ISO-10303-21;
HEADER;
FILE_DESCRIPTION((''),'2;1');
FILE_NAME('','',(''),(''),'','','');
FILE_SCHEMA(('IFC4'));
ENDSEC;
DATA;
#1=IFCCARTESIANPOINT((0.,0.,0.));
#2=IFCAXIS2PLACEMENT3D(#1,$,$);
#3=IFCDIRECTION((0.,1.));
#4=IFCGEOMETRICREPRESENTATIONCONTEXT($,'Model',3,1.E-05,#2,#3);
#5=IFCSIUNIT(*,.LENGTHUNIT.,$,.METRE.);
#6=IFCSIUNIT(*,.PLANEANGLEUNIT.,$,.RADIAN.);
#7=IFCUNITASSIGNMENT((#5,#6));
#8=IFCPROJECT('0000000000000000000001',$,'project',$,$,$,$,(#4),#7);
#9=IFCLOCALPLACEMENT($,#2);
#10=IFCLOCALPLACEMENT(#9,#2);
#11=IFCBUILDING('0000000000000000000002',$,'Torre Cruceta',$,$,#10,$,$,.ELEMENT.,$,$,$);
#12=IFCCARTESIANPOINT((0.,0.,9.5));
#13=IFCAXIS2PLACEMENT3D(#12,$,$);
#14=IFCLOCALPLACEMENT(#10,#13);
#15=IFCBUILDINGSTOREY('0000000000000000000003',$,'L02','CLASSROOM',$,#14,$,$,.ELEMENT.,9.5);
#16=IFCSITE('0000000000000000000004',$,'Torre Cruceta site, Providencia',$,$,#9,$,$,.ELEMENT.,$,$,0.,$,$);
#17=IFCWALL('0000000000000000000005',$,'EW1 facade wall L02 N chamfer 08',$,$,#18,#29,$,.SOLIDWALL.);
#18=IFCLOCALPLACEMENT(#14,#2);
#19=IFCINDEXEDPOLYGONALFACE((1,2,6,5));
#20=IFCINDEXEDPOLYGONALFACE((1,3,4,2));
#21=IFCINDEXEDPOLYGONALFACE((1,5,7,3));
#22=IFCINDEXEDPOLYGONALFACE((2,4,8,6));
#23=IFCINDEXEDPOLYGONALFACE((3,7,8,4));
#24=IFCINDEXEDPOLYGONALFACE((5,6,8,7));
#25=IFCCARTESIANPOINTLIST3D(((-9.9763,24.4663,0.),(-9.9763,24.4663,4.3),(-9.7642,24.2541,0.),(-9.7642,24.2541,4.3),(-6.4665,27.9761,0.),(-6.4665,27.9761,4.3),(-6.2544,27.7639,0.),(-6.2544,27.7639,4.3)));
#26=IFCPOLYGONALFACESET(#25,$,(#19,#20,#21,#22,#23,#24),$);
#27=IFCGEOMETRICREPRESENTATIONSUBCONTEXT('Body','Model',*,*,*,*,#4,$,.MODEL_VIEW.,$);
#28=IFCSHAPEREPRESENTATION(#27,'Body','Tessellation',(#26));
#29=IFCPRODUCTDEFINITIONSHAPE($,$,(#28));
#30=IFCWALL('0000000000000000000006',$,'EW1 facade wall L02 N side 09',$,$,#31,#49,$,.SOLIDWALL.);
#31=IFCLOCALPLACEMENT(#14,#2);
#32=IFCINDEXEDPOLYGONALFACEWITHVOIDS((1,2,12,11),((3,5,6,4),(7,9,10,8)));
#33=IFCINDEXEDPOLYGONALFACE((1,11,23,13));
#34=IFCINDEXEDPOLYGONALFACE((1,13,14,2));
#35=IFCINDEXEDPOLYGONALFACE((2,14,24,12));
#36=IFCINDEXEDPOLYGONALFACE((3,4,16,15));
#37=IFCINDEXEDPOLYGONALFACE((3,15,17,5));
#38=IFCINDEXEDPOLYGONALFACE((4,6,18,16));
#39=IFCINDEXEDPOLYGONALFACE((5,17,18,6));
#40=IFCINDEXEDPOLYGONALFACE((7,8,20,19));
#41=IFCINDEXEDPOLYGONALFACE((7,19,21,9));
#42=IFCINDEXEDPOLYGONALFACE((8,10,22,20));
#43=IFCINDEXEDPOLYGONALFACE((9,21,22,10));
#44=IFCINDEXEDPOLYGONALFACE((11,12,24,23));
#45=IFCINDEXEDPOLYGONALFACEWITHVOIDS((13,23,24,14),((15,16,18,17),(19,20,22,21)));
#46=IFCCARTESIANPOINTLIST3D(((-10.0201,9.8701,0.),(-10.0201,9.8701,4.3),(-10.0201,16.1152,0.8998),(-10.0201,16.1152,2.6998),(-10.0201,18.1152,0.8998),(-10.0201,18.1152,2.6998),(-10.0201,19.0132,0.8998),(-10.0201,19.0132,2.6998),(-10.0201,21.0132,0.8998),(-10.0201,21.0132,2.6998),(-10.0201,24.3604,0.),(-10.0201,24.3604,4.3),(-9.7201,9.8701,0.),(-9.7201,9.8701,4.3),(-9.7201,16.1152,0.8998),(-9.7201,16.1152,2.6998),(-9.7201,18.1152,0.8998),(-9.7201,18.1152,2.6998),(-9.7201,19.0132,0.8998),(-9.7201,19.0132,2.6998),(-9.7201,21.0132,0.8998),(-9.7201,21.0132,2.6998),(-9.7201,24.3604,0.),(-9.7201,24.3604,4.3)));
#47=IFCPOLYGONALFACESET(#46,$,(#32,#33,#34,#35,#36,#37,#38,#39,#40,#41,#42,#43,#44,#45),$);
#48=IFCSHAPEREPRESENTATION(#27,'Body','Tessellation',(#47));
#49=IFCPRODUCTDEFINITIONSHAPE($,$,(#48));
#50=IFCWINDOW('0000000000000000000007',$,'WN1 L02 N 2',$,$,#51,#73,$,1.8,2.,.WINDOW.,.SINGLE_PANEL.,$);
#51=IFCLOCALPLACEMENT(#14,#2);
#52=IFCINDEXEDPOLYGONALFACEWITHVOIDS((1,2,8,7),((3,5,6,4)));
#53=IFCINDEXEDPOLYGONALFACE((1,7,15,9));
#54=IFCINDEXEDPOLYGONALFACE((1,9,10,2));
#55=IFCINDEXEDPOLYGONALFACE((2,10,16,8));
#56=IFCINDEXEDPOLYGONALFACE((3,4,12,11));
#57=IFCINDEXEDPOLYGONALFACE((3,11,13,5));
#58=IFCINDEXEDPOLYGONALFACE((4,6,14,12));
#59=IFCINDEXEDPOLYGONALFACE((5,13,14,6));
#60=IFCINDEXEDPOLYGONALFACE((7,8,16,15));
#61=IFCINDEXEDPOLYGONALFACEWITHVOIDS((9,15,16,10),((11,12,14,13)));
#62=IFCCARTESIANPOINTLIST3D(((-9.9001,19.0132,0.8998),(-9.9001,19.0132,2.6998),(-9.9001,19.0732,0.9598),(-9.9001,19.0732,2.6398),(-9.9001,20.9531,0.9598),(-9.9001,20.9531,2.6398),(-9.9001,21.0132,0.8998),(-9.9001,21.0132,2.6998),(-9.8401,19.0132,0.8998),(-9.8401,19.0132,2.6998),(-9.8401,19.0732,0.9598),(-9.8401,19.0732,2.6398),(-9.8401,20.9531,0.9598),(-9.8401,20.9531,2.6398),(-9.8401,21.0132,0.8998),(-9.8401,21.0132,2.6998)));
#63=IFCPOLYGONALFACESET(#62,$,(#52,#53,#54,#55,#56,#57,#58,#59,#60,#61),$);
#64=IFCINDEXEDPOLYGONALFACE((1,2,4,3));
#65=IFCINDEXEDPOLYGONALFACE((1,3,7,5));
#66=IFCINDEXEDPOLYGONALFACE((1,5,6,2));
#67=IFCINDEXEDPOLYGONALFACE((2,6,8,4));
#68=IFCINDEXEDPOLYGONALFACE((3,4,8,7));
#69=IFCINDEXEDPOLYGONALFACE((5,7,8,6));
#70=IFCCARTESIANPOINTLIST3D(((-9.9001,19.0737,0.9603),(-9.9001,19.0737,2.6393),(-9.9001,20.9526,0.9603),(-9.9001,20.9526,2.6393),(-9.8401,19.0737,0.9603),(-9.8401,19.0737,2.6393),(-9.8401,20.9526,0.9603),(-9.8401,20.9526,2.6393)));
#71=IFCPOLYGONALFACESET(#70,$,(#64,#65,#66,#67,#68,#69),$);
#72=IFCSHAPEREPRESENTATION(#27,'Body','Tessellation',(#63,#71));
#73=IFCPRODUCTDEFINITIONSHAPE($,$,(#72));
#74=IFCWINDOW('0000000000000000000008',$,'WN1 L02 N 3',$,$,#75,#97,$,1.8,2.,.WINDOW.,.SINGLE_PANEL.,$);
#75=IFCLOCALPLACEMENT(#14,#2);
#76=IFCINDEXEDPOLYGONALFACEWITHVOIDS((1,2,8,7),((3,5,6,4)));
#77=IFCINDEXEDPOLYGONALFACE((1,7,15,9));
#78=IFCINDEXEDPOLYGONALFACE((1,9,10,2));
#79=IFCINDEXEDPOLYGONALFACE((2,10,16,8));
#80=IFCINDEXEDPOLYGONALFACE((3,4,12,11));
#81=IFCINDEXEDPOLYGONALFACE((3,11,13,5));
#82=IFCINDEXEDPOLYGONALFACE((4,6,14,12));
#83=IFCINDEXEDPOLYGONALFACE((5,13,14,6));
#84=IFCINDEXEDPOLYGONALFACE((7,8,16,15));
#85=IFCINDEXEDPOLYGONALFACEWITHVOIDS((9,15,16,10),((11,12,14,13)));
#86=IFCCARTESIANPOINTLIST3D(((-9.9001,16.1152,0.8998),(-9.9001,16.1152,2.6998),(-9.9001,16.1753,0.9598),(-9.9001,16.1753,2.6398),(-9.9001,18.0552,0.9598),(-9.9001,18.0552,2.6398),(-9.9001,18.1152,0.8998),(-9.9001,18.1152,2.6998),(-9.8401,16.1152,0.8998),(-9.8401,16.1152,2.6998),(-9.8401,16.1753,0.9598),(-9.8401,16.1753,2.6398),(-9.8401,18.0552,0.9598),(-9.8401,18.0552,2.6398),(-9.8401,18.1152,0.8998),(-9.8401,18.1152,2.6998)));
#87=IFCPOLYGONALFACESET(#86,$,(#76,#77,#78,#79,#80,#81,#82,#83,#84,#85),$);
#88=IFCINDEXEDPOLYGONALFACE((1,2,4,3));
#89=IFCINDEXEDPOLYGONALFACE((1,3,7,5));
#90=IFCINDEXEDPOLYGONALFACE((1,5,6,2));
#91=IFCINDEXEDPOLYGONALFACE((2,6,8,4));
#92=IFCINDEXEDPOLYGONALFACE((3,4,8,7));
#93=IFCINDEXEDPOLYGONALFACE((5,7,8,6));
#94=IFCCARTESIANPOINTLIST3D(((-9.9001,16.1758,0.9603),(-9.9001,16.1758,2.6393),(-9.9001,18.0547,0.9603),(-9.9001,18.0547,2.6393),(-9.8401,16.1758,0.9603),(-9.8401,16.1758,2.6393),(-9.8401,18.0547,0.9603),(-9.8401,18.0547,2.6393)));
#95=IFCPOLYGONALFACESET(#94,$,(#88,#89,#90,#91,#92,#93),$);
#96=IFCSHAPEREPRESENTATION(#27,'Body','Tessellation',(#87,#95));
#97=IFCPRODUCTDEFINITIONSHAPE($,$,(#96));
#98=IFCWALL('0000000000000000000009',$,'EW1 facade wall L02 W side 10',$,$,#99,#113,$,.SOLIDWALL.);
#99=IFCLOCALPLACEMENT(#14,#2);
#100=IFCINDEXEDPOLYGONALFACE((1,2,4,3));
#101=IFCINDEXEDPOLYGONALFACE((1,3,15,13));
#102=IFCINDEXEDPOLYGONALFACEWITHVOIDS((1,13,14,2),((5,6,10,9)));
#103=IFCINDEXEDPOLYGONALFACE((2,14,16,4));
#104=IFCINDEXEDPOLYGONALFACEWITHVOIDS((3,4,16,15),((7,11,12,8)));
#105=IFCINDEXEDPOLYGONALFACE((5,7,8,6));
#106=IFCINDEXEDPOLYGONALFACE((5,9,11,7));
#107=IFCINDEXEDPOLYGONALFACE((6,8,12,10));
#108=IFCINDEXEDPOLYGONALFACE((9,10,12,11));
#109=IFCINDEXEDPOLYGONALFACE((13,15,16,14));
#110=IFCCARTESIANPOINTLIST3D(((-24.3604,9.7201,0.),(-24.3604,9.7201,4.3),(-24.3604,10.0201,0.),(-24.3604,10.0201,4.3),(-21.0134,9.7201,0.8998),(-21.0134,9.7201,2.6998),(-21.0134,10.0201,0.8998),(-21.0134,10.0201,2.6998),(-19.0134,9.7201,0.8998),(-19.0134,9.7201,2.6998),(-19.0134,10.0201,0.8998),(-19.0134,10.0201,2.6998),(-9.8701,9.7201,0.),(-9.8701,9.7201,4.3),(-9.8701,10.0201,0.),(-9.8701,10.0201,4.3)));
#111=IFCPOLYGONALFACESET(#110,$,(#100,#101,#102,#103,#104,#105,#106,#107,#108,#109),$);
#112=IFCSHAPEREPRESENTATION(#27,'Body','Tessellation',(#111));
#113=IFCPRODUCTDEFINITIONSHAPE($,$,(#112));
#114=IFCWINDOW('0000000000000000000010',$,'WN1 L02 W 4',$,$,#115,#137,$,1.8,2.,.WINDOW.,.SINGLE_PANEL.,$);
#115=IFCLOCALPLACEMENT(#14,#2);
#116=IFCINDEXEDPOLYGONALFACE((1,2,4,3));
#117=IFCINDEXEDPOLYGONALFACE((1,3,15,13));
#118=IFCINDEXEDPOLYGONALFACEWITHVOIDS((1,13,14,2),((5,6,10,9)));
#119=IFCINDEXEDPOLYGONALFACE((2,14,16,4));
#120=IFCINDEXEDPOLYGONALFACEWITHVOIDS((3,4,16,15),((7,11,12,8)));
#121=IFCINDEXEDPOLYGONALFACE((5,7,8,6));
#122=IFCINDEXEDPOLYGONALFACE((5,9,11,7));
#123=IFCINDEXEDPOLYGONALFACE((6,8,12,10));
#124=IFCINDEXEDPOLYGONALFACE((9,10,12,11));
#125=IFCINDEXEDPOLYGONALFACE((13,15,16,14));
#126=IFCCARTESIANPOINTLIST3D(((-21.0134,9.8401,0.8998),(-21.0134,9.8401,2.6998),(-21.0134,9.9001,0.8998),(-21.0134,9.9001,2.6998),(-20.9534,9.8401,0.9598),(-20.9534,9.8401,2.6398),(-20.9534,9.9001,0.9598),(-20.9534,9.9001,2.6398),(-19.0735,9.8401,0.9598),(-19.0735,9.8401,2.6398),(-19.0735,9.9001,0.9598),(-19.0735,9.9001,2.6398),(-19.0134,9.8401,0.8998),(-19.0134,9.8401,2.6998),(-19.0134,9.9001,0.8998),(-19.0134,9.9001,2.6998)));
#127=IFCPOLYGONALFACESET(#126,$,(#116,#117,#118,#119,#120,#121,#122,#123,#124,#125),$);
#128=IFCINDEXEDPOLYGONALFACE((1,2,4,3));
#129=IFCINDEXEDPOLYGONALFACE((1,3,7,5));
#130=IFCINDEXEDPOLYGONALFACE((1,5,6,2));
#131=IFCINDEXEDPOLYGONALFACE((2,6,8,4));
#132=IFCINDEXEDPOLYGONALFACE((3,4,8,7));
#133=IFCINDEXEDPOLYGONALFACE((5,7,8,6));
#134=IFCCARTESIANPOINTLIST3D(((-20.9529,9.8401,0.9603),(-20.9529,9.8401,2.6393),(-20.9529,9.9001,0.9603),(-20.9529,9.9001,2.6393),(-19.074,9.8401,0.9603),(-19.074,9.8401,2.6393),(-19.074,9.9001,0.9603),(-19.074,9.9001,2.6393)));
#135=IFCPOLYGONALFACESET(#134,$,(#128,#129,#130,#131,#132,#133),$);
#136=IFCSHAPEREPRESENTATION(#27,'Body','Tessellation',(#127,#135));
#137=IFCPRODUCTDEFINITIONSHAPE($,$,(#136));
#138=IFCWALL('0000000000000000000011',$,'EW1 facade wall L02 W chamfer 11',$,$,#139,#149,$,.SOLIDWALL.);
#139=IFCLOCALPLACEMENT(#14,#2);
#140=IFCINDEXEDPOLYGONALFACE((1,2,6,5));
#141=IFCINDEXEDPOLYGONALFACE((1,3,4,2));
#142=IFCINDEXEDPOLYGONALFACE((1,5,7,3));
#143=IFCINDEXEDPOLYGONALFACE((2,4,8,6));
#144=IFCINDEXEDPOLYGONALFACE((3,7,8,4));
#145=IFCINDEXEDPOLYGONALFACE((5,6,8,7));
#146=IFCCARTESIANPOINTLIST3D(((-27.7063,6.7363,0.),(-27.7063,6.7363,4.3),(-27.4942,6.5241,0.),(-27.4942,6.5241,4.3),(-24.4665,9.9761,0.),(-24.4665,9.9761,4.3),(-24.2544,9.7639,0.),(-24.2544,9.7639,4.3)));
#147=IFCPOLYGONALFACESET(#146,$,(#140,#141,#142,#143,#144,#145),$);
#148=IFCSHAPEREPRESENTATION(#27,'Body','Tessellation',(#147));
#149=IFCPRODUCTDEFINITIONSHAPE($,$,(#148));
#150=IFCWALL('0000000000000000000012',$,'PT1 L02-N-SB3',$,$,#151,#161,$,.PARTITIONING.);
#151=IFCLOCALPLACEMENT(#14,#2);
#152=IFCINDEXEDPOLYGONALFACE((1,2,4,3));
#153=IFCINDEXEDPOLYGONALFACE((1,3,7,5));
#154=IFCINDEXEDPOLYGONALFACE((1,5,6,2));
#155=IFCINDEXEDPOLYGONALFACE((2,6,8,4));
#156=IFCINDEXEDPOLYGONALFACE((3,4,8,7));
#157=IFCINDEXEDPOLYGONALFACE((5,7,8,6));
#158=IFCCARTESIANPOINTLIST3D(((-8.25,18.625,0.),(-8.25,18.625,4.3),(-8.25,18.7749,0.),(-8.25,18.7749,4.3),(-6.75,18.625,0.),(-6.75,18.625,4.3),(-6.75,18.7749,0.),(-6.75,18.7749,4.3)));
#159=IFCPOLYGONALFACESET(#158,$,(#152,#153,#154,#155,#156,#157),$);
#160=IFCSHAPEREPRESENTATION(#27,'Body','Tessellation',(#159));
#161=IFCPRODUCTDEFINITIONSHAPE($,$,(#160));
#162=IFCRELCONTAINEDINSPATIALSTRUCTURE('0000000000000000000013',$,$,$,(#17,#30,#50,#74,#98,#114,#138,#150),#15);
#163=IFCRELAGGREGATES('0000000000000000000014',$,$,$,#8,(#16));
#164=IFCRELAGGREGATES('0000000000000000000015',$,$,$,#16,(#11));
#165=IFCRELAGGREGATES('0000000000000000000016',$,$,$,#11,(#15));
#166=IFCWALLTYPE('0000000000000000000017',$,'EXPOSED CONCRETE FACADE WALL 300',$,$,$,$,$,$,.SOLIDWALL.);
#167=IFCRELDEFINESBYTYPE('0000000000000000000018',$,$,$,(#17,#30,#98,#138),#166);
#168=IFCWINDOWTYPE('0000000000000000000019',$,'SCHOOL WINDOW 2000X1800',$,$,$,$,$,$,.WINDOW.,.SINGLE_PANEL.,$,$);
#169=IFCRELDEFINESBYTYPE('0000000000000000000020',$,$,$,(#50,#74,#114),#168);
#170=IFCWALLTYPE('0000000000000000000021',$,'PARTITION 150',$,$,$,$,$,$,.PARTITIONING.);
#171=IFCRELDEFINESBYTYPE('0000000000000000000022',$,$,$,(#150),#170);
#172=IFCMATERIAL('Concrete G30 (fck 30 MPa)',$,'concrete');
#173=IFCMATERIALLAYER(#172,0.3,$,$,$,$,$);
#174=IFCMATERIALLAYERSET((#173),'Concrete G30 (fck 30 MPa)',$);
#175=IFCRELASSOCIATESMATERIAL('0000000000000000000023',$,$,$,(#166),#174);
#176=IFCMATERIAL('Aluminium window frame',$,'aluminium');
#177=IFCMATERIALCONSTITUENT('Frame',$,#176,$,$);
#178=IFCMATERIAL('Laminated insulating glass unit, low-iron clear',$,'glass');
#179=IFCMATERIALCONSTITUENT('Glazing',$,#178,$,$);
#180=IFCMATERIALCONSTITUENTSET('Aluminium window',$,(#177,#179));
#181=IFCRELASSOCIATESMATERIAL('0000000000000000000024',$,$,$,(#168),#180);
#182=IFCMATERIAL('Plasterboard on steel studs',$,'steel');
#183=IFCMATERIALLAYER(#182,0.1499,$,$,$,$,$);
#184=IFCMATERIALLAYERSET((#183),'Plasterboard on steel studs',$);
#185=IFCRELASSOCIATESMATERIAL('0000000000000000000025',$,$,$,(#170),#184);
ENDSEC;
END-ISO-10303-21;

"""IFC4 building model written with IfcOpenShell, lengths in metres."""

from ifc_helpers import new_model, si_unit, direction, frame, frame_2d, origin, place, context, subcontext, project, spatial, rectangle, hollow_rectangle, extrude, material, layer, layer_set, constituent, constituent_set, type_object, element, fill, save


model = new_model("IFC4")

# Units and contexts
model_context = context("Model", 3, precision=1e-05, world=origin(), true_north=direction((0.0, 1.0)))
body_context = subcontext(model_context, "Body", "Model", "MODEL_VIEW")
ifc_project = project(units=[si_unit("LENGTHUNIT", "METRE"), si_unit("PLANEANGLEUNIT", "RADIAN")], contexts=[model_context])

# Site, building, storey
site_placement = place(None, origin())
site = spatial("IfcSite", under=ifc_project, at=site_placement, Name="Torre Cruceta site, Providencia", CompositionType="ELEMENT", RefElevation=0.0)
building_placement = place(site_placement, origin())
building = spatial("IfcBuilding", under=site, at=building_placement, Name="Torre Cruceta", CompositionType="ELEMENT")
storey_placement = place(building_placement, frame((0.0, 0.0, 9.5)))
storey = spatial("IfcBuildingStorey", under=building, at=storey_placement, Name="L02", Description="CLASSROOM", CompositionType="ELEMENT", Elevation=9.5)

# Wall
ifc_material_1 = material(Name="Concrete G30 (fck 30 MPa)", Category="concrete")
ifc_layer_1 = layer(ifc_material_1, 0.3)
ifc_layer_set_1 = layer_set([ifc_layer_1], Name="Concrete G30 (fck 30 MPa)")
wall_type_1 = type_object("IfcWallType", Name="EXPOSED CONCRETE FACADE WALL 300", PredefinedType="SOLIDWALL", material=ifc_layer_set_1)
wall_1_placement = place(storey_placement, frame((-6.3604, 27.8701, 0.0), z_axis=(0.0, 0.0, 1.0), x_axis=(-0.707107, -0.707107, 0.0)))
element("IfcWall", 1, at=wall_1_placement, inside=storey, type_object=wall_type_1, Name="EW1 facade wall L02 N chamfer 08", PredefinedType="SOLIDWALL", context=body_context, shape_type="SweptSolid", body=[
    extrude(rectangle(XDim=4.9636, YDim=0.3, at=frame_2d((2.4819, 0.0))), origin(), (0.0, 0.0, 1.0), 4.3),
])

# Wall, openings, windows
wall_2_placement = place(storey_placement, frame((-9.8701, 24.3604, 0.0), z_axis=(0.0, 0.0, 1.0), x_axis=(0.0, -1.0, 0.0)))
wall_2 = element("IfcWall", 2, at=wall_2_placement, inside=storey, type_object=wall_type_1, Name="EW1 facade wall L02 N side 09", PredefinedType="SOLIDWALL", context=body_context, shape_type="SweptSolid", body=[
    extrude(rectangle(XDim=14.4902, YDim=0.3, at=frame_2d((7.2451, 0.0))), origin(), (0.0, 0.0, 1.0), 4.3),
])
opening_1_placement = place(wall_2_placement, frame((3.3472, 0.0, 0.8999)))
opening_1 = element("IfcOpeningElement", 3, at=opening_1_placement, cuts=wall_2, PredefinedType="OPENING", context=body_context, shape_type="SweptSolid", body=[
    extrude(rectangle(XDim=2.0, YDim=1.8, at=frame_2d((1.0, 0.8999))), frame((0.0, 0.1599, 0.0), z_axis=(0.0, -1.0, 0.0), x_axis=(1.0, 0.0, 0.0)), (0.0, 0.0, 1.0), 0.3201),
])
opening_2_placement = place(wall_2_placement, frame((6.2451, 0.0, 0.8999)))
opening_2 = element("IfcOpeningElement", 4, at=opening_2_placement, cuts=wall_2, PredefinedType="OPENING", context=body_context, shape_type="SweptSolid", body=[
    extrude(rectangle(XDim=2.0, YDim=1.8, at=frame_2d((1.0, 0.8999))), frame((0.0, 0.1599, 0.0), z_axis=(0.0, -1.0, 0.0), x_axis=(1.0, 0.0, 0.0)), (0.0, 0.0, 1.0), 0.3201),
])
ifc_material_2 = material(Name="Aluminium window frame", Category="aluminium")
ifc_constituent_1 = constituent(ifc_material_2, Name="Frame")
ifc_material_3 = material(Name="Laminated insulating glass unit, low-iron clear", Category="glass")
ifc_constituent_2 = constituent(ifc_material_3, Name="Glazing")
ifc_constituent_set_1 = constituent_set(constituents=[ifc_constituent_1, ifc_constituent_2], Name="Aluminium window")
window_type = type_object("IfcWindowType", Name="SCHOOL WINDOW 2000X1800", PartitioningType="SINGLE_PANEL", PredefinedType="WINDOW", material=ifc_constituent_set_1)
window_1_placement = place(opening_1_placement, origin())
window_1 = element("IfcWindow", 5, at=window_1_placement, inside=storey, type_object=window_type, Name="WN1 L02 N 2", OverallHeight=1.8, OverallWidth=2.0, PartitioningType="SINGLE_PANEL", PredefinedType="WINDOW", context=body_context, shape_type="SweptSolid", body=[
    extrude(hollow_rectangle(XDim=2.0, YDim=1.8, WallThickness=0.0601, at=frame_2d((1.0, 0.8999))), frame((0.0, 0.03, 0.0), z_axis=(0.0, -1.0, 0.0), x_axis=(1.0, 0.0, 0.0)), (0.0, 0.0, 1.0), 0.0601),
    extrude(rectangle(XDim=1.8789, YDim=1.679, at=frame_2d((1.0, 0.8999))), frame((0.0, 0.03, 0.0), z_axis=(0.0, -1.0, 0.0), x_axis=(1.0, 0.0, 0.0)), (0.0, 0.0, 1.0), 0.0601),
])
fill(opening_1, window_1)
window_2_placement = place(opening_2_placement, origin())
window_2 = element("IfcWindow", 6, at=window_2_placement, inside=storey, type_object=window_type, Name="WN1 L02 N 3", OverallHeight=1.8, OverallWidth=2.0, PartitioningType="SINGLE_PANEL", PredefinedType="WINDOW", context=body_context, shape_type="SweptSolid", body=[
    extrude(hollow_rectangle(XDim=2.0, YDim=1.8, WallThickness=0.0601, at=frame_2d((1.0, 0.8999))), frame((0.0, 0.03, 0.0), z_axis=(0.0, -1.0, 0.0), x_axis=(1.0, 0.0, 0.0)), (0.0, 0.0, 1.0), 0.0601),
    extrude(rectangle(XDim=1.8789, YDim=1.679, at=frame_2d((1.0, 0.8999))), frame((0.0, 0.03, 0.0), z_axis=(0.0, -1.0, 0.0), x_axis=(1.0, 0.0, 0.0)), (0.0, 0.0, 1.0), 0.0601),
])
fill(opening_2, window_2)

# Wall, opening, window
wall_3_placement = place(storey_placement, frame((-9.8701, 9.8701, 0.0), z_axis=(0.0, 0.0, 1.0), x_axis=(-1.0, 0.0, 0.0)))
wall_3 = element("IfcWall", 7, at=wall_3_placement, inside=storey, type_object=wall_type_1, Name="EW1 facade wall L02 W side 10", PredefinedType="SOLIDWALL", context=body_context, shape_type="SweptSolid", body=[
    extrude(rectangle(XDim=14.4902, YDim=0.3, at=frame_2d((7.2451, 0.0))), origin(), (0.0, 0.0, 1.0), 4.3),
])
opening_3_placement = place(wall_3_placement, frame((9.1433, 0.0, 0.8999)))
opening_3 = element("IfcOpeningElement", 8, at=opening_3_placement, cuts=wall_3, PredefinedType="OPENING", context=body_context, shape_type="SweptSolid", body=[
    extrude(rectangle(XDim=2.0, YDim=1.8, at=frame_2d((1.0, 0.8999))), frame((0.0, 0.1599, 0.0), z_axis=(0.0, -1.0, 0.0), x_axis=(1.0, 0.0, 0.0)), (0.0, 0.0, 1.0), 0.3201),
])
window_3_placement = place(opening_3_placement, origin())
window_3 = element("IfcWindow", 9, at=window_3_placement, inside=storey, type_object=window_type, Name="WN1 L02 W 4", OverallHeight=1.8, OverallWidth=2.0, PartitioningType="SINGLE_PANEL", PredefinedType="WINDOW", context=body_context, shape_type="SweptSolid", body=[
    extrude(hollow_rectangle(XDim=2.0, YDim=1.8, WallThickness=0.0601, at=frame_2d((1.0, 0.8999))), frame((0.0, 0.03, 0.0), z_axis=(0.0, -1.0, 0.0), x_axis=(1.0, 0.0, 0.0)), (0.0, 0.0, 1.0), 0.0601),
    extrude(rectangle(XDim=1.8789, YDim=1.679, at=frame_2d((1.0, 0.8999))), frame((0.0, 0.03, 0.0), z_axis=(0.0, -1.0, 0.0), x_axis=(1.0, 0.0, 0.0)), (0.0, 0.0, 1.0), 0.0601),
])
fill(opening_3, window_3)

# Walls
wall_4_placement = place(storey_placement, frame((-24.3604, 9.8701, 0.0), z_axis=(0.0, 0.0, 1.0), x_axis=(-0.707107, -0.707107, 0.0)))
element("IfcWall", 10, at=wall_4_placement, inside=storey, type_object=wall_type_1, Name="EW1 facade wall L02 W chamfer 11", PredefinedType="SOLIDWALL", context=body_context, shape_type="SweptSolid", body=[
    extrude(rectangle(XDim=4.5818, YDim=0.3, at=frame_2d((2.291, 0.0))), origin(), (0.0, 0.0, 1.0), 4.3),
])
ifc_material_4 = material(Name="Plasterboard on steel studs", Category="steel")
ifc_layer_2 = layer(ifc_material_4, 0.1499)
ifc_layer_set_2 = layer_set([ifc_layer_2], Name="Plasterboard on steel studs")
wall_type_2 = type_object("IfcWallType", Name="PARTITION 150", PredefinedType="PARTITIONING", material=ifc_layer_set_2)
wall_5_placement = place(storey_placement, frame((-6.75, 18.7, 0.0), z_axis=(0.0, 0.0, 1.0), x_axis=(-1.0, 0.0, 0.0)))
element("IfcWall", 11, at=wall_5_placement, inside=storey, type_object=wall_type_2, Name="PT1 L02-N-SB3", PredefinedType="PARTITIONING", context=body_context, shape_type="SweptSolid", body=[
    extrude(rectangle(XDim=1.5, YDim=0.1499, at=frame_2d((0.75, 0.0))), origin(), (0.0, 0.0, 1.0), 4.3),
])

save(model, "model.ifc")
